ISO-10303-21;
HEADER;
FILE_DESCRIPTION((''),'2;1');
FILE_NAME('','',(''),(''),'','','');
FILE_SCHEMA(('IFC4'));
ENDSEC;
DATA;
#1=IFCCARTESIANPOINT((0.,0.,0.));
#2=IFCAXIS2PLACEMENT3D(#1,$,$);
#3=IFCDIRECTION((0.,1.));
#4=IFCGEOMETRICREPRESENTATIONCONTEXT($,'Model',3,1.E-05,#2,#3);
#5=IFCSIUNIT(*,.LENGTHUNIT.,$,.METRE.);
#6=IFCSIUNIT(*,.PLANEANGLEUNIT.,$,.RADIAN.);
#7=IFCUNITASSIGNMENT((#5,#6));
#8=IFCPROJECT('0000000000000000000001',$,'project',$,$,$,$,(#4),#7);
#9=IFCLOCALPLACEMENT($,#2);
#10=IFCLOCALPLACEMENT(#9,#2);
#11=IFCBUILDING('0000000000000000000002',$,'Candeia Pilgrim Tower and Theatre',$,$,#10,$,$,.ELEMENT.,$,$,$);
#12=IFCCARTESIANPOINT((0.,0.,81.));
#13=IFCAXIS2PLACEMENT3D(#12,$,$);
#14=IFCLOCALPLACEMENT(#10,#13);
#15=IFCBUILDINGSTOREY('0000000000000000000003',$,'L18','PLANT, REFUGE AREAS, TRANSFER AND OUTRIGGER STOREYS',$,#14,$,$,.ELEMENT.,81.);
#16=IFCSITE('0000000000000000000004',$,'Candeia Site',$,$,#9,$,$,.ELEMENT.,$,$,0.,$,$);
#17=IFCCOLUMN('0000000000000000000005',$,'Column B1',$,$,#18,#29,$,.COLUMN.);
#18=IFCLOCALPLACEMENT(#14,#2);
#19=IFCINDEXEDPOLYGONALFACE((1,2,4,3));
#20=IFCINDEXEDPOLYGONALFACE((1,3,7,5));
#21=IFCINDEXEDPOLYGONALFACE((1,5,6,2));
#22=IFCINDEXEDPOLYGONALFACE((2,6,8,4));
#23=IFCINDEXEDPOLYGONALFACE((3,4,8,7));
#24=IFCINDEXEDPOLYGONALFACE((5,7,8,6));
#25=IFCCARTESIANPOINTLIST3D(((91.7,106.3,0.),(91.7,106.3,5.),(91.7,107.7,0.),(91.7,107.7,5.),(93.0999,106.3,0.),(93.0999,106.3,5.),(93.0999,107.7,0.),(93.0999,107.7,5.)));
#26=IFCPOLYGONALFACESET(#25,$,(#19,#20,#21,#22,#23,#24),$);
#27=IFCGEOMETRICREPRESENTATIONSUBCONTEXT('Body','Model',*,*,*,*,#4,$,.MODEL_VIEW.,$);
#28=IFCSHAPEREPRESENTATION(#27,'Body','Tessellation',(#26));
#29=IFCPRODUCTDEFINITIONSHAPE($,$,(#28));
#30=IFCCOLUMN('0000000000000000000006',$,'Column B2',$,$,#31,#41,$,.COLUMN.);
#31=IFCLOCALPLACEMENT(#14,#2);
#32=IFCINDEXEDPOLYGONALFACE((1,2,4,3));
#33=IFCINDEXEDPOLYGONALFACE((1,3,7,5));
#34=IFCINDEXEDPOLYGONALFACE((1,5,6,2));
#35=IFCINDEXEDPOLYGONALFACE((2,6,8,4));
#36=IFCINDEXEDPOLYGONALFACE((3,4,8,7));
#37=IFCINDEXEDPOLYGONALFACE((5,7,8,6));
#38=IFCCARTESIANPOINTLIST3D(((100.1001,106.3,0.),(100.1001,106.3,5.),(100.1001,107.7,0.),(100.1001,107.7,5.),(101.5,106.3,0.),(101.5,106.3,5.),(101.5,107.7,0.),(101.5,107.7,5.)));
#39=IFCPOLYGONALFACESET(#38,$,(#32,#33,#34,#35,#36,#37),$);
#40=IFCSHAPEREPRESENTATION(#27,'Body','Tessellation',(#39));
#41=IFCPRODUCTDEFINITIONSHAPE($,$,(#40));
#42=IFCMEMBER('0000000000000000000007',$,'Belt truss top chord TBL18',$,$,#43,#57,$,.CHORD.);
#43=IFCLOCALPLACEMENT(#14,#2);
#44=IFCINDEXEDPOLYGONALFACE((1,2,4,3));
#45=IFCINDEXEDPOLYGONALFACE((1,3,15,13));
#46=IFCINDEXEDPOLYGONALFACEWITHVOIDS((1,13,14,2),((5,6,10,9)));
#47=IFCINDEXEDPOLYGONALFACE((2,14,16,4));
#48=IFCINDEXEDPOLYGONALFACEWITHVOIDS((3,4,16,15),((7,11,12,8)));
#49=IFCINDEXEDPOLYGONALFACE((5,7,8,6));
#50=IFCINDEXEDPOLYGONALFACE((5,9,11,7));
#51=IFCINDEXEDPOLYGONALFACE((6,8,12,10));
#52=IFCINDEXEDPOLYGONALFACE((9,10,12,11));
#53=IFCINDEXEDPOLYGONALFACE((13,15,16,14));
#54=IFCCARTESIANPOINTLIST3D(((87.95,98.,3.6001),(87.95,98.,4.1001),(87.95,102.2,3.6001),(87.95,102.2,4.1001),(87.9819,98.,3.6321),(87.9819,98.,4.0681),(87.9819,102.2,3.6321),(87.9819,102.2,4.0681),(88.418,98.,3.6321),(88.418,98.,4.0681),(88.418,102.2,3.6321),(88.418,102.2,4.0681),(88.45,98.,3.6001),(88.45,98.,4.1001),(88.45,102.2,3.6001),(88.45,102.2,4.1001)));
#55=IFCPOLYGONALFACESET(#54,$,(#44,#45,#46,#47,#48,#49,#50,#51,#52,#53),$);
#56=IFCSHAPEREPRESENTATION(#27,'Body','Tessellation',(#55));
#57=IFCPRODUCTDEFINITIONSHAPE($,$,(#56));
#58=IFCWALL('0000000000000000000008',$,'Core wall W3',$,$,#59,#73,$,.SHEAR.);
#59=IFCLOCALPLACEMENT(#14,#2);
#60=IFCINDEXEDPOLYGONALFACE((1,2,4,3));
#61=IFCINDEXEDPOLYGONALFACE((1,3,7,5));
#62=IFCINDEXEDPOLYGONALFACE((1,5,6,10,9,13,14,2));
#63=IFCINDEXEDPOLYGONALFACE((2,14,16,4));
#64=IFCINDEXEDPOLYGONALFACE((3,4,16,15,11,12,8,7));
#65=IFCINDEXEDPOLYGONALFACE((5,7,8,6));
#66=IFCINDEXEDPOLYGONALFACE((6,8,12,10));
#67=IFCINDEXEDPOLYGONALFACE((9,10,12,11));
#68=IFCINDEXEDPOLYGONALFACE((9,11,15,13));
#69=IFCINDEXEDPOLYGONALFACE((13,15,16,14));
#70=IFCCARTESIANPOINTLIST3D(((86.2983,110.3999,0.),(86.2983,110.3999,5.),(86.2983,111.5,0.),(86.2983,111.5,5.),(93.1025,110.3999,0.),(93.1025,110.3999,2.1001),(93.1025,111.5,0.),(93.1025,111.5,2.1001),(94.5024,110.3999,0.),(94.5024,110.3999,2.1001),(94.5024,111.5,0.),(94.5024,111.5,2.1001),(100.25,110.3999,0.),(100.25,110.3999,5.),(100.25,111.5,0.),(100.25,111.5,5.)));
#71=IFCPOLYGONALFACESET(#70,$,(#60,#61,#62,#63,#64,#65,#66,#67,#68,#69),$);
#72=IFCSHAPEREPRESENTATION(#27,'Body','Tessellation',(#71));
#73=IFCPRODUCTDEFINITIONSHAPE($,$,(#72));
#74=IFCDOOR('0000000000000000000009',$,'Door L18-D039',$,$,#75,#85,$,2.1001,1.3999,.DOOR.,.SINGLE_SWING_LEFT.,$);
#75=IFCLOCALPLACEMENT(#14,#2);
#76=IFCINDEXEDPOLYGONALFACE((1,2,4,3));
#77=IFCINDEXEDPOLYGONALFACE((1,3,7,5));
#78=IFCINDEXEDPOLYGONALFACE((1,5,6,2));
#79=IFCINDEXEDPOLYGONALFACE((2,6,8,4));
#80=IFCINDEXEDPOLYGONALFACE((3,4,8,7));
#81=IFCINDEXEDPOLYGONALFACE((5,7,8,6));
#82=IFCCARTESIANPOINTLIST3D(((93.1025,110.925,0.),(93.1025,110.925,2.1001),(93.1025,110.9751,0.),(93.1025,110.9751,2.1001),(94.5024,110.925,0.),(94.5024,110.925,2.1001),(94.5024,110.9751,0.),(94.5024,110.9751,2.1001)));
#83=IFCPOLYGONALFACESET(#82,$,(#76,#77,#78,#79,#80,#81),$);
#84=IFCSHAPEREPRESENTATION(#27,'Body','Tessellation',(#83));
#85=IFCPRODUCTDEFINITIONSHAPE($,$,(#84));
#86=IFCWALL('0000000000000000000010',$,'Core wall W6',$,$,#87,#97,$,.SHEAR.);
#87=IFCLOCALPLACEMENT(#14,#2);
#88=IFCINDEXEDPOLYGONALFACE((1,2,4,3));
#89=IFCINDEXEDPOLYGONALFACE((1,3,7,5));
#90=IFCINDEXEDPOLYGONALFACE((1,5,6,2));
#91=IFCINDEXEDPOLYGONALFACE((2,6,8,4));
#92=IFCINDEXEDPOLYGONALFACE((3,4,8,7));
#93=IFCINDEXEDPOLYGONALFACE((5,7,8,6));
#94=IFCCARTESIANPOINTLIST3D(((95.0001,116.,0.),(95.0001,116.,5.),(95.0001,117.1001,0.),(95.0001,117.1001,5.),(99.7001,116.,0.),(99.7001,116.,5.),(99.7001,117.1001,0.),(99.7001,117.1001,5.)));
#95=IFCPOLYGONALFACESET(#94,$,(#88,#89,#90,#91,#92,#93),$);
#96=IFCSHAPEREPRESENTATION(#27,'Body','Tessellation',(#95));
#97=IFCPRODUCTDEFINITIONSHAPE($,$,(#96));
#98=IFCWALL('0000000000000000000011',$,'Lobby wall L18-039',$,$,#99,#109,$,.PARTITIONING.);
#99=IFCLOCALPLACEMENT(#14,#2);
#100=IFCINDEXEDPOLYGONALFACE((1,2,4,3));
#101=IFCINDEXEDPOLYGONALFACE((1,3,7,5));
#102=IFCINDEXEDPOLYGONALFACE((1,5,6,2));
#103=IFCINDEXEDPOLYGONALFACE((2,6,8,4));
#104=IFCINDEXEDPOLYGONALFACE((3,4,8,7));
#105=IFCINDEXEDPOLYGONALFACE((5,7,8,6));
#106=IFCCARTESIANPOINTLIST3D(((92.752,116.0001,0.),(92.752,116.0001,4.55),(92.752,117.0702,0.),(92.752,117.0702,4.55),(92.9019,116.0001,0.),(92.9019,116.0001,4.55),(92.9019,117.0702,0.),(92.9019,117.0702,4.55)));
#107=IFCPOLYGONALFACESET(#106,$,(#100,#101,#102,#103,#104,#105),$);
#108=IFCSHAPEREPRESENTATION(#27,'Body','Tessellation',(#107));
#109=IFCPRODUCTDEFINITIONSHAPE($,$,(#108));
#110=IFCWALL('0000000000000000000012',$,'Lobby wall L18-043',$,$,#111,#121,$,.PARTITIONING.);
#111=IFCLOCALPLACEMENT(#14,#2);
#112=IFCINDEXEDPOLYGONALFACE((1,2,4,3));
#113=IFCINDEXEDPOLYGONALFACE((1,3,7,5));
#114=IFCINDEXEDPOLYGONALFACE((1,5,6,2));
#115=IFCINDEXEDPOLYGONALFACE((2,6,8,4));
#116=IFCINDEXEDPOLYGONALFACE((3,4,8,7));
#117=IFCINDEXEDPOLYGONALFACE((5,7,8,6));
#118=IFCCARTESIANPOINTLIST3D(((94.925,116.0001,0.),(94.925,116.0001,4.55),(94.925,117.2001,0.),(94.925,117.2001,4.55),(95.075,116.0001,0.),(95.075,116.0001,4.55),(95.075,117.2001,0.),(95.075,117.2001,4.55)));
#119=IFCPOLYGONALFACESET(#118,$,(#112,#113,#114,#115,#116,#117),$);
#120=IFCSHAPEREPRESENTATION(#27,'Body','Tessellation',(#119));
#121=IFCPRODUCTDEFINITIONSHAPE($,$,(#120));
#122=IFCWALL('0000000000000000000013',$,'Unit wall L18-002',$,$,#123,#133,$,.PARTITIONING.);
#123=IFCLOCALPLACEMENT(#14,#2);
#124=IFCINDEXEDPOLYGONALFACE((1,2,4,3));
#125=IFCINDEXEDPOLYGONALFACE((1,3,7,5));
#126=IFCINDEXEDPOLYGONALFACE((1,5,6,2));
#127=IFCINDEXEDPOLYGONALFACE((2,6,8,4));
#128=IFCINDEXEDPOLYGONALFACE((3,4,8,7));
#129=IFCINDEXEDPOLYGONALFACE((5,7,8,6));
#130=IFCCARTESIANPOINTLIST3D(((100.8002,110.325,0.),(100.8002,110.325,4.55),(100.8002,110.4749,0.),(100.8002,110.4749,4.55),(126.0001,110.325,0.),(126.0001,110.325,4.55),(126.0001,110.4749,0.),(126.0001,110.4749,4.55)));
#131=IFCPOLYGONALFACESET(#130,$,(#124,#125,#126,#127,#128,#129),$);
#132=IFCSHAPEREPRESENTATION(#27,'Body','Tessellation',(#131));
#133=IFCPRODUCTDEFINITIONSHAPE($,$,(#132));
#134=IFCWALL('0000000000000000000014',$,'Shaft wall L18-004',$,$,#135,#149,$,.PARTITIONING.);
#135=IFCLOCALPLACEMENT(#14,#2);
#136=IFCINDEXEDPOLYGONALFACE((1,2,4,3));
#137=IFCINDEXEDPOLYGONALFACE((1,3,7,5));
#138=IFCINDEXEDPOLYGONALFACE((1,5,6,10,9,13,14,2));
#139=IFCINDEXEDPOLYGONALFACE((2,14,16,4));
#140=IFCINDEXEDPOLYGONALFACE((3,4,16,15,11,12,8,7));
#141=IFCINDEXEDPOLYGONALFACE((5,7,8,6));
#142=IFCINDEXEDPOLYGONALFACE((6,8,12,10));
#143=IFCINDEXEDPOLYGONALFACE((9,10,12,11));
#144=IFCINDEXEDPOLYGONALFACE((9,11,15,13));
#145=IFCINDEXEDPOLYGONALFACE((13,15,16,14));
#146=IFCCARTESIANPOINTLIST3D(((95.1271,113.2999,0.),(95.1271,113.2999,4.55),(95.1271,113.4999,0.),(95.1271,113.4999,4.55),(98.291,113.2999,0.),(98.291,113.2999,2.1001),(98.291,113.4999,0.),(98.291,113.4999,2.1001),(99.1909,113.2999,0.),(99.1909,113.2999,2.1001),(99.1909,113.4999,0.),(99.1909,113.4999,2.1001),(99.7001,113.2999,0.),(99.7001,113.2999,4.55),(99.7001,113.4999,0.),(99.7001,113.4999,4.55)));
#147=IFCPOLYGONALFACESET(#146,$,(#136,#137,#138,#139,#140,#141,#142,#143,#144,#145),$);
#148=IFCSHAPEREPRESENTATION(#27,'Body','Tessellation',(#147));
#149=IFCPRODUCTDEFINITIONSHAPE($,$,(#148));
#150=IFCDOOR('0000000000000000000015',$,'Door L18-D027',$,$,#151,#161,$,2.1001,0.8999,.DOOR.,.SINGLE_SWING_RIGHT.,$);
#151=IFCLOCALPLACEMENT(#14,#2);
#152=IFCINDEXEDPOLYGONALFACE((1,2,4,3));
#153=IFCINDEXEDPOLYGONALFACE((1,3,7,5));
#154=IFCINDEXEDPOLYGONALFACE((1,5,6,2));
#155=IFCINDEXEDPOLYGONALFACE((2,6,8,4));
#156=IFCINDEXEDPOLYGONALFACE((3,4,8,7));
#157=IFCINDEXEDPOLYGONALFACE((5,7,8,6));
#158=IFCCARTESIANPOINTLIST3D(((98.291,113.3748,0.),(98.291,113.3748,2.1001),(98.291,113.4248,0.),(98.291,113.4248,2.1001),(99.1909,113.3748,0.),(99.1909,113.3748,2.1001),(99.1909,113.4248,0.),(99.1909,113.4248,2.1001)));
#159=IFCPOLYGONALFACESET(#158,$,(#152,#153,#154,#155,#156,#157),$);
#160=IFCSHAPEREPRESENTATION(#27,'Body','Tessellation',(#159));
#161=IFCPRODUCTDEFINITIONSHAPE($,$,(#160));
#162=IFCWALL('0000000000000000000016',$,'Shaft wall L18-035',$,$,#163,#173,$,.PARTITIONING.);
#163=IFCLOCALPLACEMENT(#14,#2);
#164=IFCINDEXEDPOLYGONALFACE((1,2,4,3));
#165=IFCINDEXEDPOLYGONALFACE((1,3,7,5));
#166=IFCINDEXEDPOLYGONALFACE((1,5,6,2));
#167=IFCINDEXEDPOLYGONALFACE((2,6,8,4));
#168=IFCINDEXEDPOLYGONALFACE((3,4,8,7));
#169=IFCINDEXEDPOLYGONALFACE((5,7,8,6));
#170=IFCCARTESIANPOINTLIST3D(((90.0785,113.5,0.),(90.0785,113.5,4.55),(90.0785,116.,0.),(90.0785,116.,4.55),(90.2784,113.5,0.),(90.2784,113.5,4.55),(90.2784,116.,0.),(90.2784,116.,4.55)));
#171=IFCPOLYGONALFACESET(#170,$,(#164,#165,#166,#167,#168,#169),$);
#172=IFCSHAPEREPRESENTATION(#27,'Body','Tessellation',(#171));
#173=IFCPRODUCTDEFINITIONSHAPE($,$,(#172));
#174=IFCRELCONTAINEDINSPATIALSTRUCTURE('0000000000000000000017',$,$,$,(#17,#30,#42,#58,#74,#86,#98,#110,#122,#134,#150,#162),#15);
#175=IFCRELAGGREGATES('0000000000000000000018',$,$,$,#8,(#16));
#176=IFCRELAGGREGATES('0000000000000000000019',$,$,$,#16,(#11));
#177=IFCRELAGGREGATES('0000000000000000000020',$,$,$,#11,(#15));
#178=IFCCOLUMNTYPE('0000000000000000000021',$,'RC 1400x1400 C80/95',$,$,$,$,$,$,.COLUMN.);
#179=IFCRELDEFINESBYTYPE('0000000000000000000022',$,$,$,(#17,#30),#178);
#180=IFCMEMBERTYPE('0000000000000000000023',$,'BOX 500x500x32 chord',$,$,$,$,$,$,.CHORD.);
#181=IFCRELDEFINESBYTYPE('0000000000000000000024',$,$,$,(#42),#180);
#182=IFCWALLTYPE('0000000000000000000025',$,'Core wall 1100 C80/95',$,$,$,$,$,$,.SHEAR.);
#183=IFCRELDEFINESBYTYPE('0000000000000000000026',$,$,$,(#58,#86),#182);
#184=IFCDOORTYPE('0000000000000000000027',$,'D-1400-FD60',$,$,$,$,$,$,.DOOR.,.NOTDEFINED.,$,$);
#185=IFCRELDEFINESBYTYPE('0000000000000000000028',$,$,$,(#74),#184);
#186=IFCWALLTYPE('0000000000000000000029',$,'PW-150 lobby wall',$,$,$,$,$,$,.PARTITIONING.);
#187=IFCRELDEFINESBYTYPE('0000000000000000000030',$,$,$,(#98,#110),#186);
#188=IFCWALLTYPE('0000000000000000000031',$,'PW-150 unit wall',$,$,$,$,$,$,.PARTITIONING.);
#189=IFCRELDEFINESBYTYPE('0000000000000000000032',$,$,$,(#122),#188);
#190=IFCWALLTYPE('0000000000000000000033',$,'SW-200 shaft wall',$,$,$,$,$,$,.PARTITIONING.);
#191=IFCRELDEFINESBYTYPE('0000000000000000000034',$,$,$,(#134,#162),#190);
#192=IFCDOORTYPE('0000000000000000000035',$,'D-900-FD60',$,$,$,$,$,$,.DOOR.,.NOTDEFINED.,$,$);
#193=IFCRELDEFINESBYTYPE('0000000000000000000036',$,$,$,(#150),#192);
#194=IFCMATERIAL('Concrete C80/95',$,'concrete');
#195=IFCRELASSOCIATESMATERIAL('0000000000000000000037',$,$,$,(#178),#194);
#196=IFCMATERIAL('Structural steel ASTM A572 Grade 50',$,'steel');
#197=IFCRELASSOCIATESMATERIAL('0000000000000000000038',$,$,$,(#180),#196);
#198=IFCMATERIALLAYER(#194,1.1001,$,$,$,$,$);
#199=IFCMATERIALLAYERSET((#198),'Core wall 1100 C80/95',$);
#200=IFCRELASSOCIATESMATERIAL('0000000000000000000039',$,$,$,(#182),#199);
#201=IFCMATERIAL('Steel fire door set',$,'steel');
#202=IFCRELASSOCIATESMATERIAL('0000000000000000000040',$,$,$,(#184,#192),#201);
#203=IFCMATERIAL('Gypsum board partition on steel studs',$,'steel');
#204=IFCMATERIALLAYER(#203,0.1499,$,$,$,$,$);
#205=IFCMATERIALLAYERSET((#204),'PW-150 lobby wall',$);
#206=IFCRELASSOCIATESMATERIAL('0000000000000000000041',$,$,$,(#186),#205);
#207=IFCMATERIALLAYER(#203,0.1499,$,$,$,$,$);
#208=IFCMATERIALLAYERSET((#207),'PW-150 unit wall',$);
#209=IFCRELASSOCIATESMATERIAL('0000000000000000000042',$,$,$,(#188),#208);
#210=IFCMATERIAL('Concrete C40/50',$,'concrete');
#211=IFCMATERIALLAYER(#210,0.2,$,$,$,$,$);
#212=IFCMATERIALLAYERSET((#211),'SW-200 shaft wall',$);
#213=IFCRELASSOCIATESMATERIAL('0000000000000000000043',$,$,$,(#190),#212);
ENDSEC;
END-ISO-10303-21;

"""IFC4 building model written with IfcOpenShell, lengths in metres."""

from ifc_helpers import new_model, si_unit, direction, frame, frame_2d, origin, origin_2d, place, context, subcontext, project, spatial, rectangle, hollow_rectangle, extrude, material, layer, layer_set, material_profile, profile_set, type_object, element, fill, save


model = new_model("IFC4")

# Units and contexts
model_context = context("Model", 3, precision=1e-05, world=origin(), true_north=direction((0.0, 1.0)))
body_context = subcontext(model_context, "Body", "Model", "MODEL_VIEW")
ifc_project = project(units=[si_unit("LENGTHUNIT", "METRE"), si_unit("PLANEANGLEUNIT", "RADIAN")], contexts=[model_context])

# Site, building, storey
site_placement = place(None, origin())
site = spatial("IfcSite", under=ifc_project, at=site_placement, Name="Candeia Site", CompositionType="ELEMENT", RefElevation=0.0)
building_placement = place(site_placement, origin())
building = spatial("IfcBuilding", under=site, at=building_placement, Name="Candeia Pilgrim Tower and Theatre", CompositionType="ELEMENT")
storey_placement = place(building_placement, frame((0.0, 0.0, 81.0)))
storey = spatial("IfcBuildingStorey", under=building, at=storey_placement, Name="L18", Description="PLANT, REFUGE AREAS, TRANSFER AND OUTRIGGER STOREYS", CompositionType="ELEMENT", Elevation=81.0)

# Columns
ifc_material_1 = material(Name="Concrete C80/95", Category="concrete")
ifc_material_profile_1 = material_profile(ifc_material_1, rectangle(XDim=1.3999, YDim=1.3999, at=origin_2d()))
ifc_profile_set_1 = profile_set([ifc_material_profile_1], Name="Concrete C80/95")
column_type = type_object("IfcColumnType", Name="RC 1400x1400 C80/95", PredefinedType="COLUMN", material=ifc_profile_set_1)
for number, where, z_axis, x_axis, name in (
    (1, (92.3999, 107.0, 0.0), (0.0, 0.0, 1.0), (1.0, 0.0, 0.0), "Column B1"),
    (2, (100.8, 107.0, 0.0), (0.0, 0.0, 1.0), (1.0, 0.0, 0.0), "Column B2"),
):
    element("IfcColumn", number, at=place(storey_placement, frame(where, z_axis=z_axis, x_axis=x_axis)), inside=storey, type_object=column_type, Name=name, PredefinedType="COLUMN", context=body_context, shape_type="SweptSolid", body=[
        extrude(rectangle(XDim=1.3999, YDim=1.3999, at=origin_2d()), origin(), (0.0, 0.0, 1.0), 5.0),
    ])

# Member
ifc_material_2 = material(Name="Structural steel ASTM A572 Grade 50", Category="steel")
ifc_material_profile_2 = material_profile(ifc_material_2, hollow_rectangle(XDim=0.5, YDim=0.5, WallThickness=0.032, at=origin_2d()))
ifc_profile_set_2 = profile_set([ifc_material_profile_2], Name="Structural steel ASTM A572 Grade 50")
member_type = type_object("IfcMemberType", Name="BOX 500x500x32 chord", PredefinedType="CHORD", material=ifc_profile_set_2)
member_placement = place(storey_placement, frame((88.2, 102.2, 3.8501), z_axis=(0.0, -1.0, 0.0), x_axis=(1.0, 0.0, 0.0)))
element("IfcMember", 3, at=member_placement, inside=storey, type_object=member_type, Name="Belt truss top chord TBL18", PredefinedType="CHORD", context=body_context, shape_type="SweptSolid", body=[
    extrude(hollow_rectangle(XDim=0.5, YDim=0.5, WallThickness=0.032, at=origin_2d()), origin(), (0.0, 0.0, 1.0), 4.2),
])

# Wall, opening, door
ifc_layer_1 = layer(ifc_material_1, 1.1001)
ifc_layer_set_1 = layer_set([ifc_layer_1], Name="Core wall 1100 C80/95")
wall_type_1 = type_object("IfcWallType", Name="Core wall 1100 C80/95", PredefinedType="SHEAR", material=ifc_layer_set_1)
wall_1_placement = place(storey_placement, frame((100.25, 110.95, 0.0), z_axis=(0.0, 0.0, 1.0), x_axis=(-1.0, 0.0, 0.0)))
wall_1 = element("IfcWall", 4, at=wall_1_placement, inside=storey, type_object=wall_type_1, Name="Core wall W3", PredefinedType="SHEAR", context=body_context, shape_type="SweptSolid", body=[
    extrude(rectangle(XDim=13.9517, YDim=1.1001, at=frame_2d((6.9758, 0.0))), origin(), (0.0, 0.0, 1.0), 5.0),
])
opening_1_placement = place(wall_1_placement, frame((5.7476, 0.0, 0.0)))
opening_1 = element("IfcOpeningElement", 5, at=opening_1_placement, cuts=wall_1, PredefinedType="OPENING", context=body_context, shape_type="SweptSolid", body=[
    extrude(rectangle(XDim=1.3999, YDim=2.1001, at=frame_2d((0.7, 1.05))), frame((0.0, 0.5601, 0.0), z_axis=(0.0, -1.0, 0.0), x_axis=(1.0, 0.0, 0.0)), (0.0, 0.0, 1.0), 1.1201),
])
ifc_material_3 = material(Name="Steel fire door set", Category="steel")
door_type_1 = type_object("IfcDoorType", Name="D-1400-FD60", OperationType="NOTDEFINED", PredefinedType="DOOR", material=ifc_material_3)
door_1_placement = place(opening_1_placement, origin())
door_1 = element("IfcDoor", 6, at=door_1_placement, inside=storey, type_object=door_type_1, Name="Door L18-D039", OperationType="SINGLE_SWING_LEFT", OverallHeight=2.1001, OverallWidth=1.3999, PredefinedType="DOOR", context=body_context, shape_type="SweptSolid", body=[
    extrude(rectangle(XDim=1.3999, YDim=2.1001, at=frame_2d((0.7, 1.05))), frame((0.0, 0.0249, 0.0), z_axis=(0.0, -1.0, 0.0), x_axis=(1.0, 0.0, 0.0)), (0.0, 0.0, 1.0), 0.05),
])
fill(opening_1, door_1)

# Wall
wall_2_placement = place(storey_placement, frame((95.0, 116.55, 0.0), z_axis=(0.0, 0.0, 1.0), x_axis=(1.0, 0.0, 0.0)))
element("IfcWall", 7, at=wall_2_placement, inside=storey, type_object=wall_type_1, Name="Core wall W6", PredefinedType="SHEAR", context=body_context, shape_type="SweptSolid", body=[
    extrude(rectangle(XDim=4.7, YDim=1.1001, at=frame_2d((2.3501, 0.0))), origin(), (0.0, 0.0, 1.0), 5.0),
])

# Walls
ifc_material_4 = material(Name="Gypsum board partition on steel studs", Category="steel")
ifc_layer_2 = layer(ifc_material_4, 0.1499)
ifc_layer_set_2 = layer_set([ifc_layer_2], Name="PW-150 lobby wall")
wall_type_2 = type_object("IfcWallType", Name="PW-150 lobby wall", PredefinedType="PARTITIONING", material=ifc_layer_set_2)
wall_3_placement = place(storey_placement, frame((92.8269, 116.0, 0.0), z_axis=(0.0, 0.0, 1.0), x_axis=(0.0, 1.0, 0.0)))
element("IfcWall", 8, at=wall_3_placement, inside=storey, type_object=wall_type_2, Name="Lobby wall L18-039", PredefinedType="PARTITIONING", context=body_context, shape_type="SweptSolid", body=[
    extrude(rectangle(XDim=1.0701, YDim=0.1499, at=frame_2d((0.5352, 0.0))), origin(), (0.0, 0.0, 1.0), 4.55),
])
wall_4_placement = place(storey_placement, frame((95.0, 116.0, 0.0), z_axis=(0.0, 0.0, 1.0), x_axis=(0.0, 1.0, 0.0)))
element("IfcWall", 9, at=wall_4_placement, inside=storey, type_object=wall_type_2, Name="Lobby wall L18-043", PredefinedType="PARTITIONING", context=body_context, shape_type="SweptSolid", body=[
    extrude(rectangle(XDim=1.2, YDim=0.1499, at=frame_2d((0.6001, 0.0))), origin(), (0.0, 0.0, 1.0), 4.55),
])
ifc_layer_3 = layer(ifc_material_4, 0.1499)
ifc_layer_set_3 = layer_set([ifc_layer_3], Name="PW-150 unit wall")
wall_type_3 = type_object("IfcWallType", Name="PW-150 unit wall", PredefinedType="PARTITIONING", material=ifc_layer_set_3)
wall_5_placement = place(storey_placement, frame((100.8, 110.3999, 0.0), z_axis=(0.0, 0.0, 1.0), x_axis=(1.0, 0.0, 0.0)))
element("IfcWall", 10, at=wall_5_placement, inside=storey, type_object=wall_type_3, Name="Unit wall L18-002", PredefinedType="PARTITIONING", context=body_context, shape_type="SweptSolid", body=[
    extrude(rectangle(XDim=25.2, YDim=0.1499, at=frame_2d((12.6001, 0.0))), origin(), (0.0, 0.0, 1.0), 4.55),
])

# Wall, opening, door
ifc_material_5 = material(Name="Concrete C40/50", Category="concrete")
ifc_layer_4 = layer(ifc_material_5, 0.2)
ifc_layer_set_4 = layer_set([ifc_layer_4], Name="SW-200 shaft wall")
wall_type_4 = type_object("IfcWallType", Name="SW-200 shaft wall", PredefinedType="PARTITIONING", material=ifc_layer_set_4)
wall_6_placement = place(storey_placement, frame((95.127, 113.3999, 0.0), z_axis=(0.0, 0.0, 1.0), x_axis=(1.0, 0.0, 0.0)))
wall_6 = element("IfcWall", 11, at=wall_6_placement, inside=storey, type_object=wall_type_4, Name="Shaft wall L18-004", PredefinedType="PARTITIONING", context=body_context, shape_type="SweptSolid", body=[
    extrude(rectangle(XDim=4.573, YDim=0.2, at=frame_2d((2.2866, 0.0))), origin(), (0.0, 0.0, 1.0), 4.55),
])
opening_2_placement = place(wall_6_placement, frame((3.1641, 0.0, 0.0)))
opening_2 = element("IfcOpeningElement", 12, at=opening_2_placement, cuts=wall_6, PredefinedType="OPENING", context=body_context, shape_type="SweptSolid", body=[
    extrude(rectangle(XDim=0.8999, YDim=2.1001, at=frame_2d((0.45, 1.05))), frame((0.0, 0.1099, 0.0), z_axis=(0.0, -1.0, 0.0), x_axis=(1.0, 0.0, 0.0)), (0.0, 0.0, 1.0), 0.22),
])
door_type_2 = type_object("IfcDoorType", Name="D-900-FD60", OperationType="NOTDEFINED", PredefinedType="DOOR", material=ifc_material_3)
door_2_placement = place(opening_2_placement, origin())
door_2 = element("IfcDoor", 13, at=door_2_placement, inside=storey, type_object=door_type_2, Name="Door L18-D027", OperationType="SINGLE_SWING_RIGHT", OverallHeight=2.1001, OverallWidth=0.8999, PredefinedType="DOOR", context=body_context, shape_type="SweptSolid", body=[
    extrude(rectangle(XDim=0.8999, YDim=2.1001, at=frame_2d((0.45, 1.05))), frame((0.0, 0.0249, 0.0), z_axis=(0.0, -1.0, 0.0), x_axis=(1.0, 0.0, 0.0)), (0.0, 0.0, 1.0), 0.05),
])
fill(opening_2, door_2)

# Wall
for number, where, z_axis, x_axis, name in (
    (14, (90.1785, 113.5, 0.0), (0.0, 0.0, 1.0), (0.0, 1.0, 0.0), "Shaft wall L18-035"),
):
    element("IfcWall", number, at=place(storey_placement, frame(where, z_axis=z_axis, x_axis=x_axis)), inside=storey, type_object=wall_type_4, Name=name, PredefinedType="PARTITIONING", context=body_context, shape_type="SweptSolid", body=[
        extrude(rectangle(XDim=2.5, YDim=0.2, at=frame_2d((1.25, 0.0))), origin(), (0.0, 0.0, 1.0), 4.55),
    ])

save(model, "model.ifc")
